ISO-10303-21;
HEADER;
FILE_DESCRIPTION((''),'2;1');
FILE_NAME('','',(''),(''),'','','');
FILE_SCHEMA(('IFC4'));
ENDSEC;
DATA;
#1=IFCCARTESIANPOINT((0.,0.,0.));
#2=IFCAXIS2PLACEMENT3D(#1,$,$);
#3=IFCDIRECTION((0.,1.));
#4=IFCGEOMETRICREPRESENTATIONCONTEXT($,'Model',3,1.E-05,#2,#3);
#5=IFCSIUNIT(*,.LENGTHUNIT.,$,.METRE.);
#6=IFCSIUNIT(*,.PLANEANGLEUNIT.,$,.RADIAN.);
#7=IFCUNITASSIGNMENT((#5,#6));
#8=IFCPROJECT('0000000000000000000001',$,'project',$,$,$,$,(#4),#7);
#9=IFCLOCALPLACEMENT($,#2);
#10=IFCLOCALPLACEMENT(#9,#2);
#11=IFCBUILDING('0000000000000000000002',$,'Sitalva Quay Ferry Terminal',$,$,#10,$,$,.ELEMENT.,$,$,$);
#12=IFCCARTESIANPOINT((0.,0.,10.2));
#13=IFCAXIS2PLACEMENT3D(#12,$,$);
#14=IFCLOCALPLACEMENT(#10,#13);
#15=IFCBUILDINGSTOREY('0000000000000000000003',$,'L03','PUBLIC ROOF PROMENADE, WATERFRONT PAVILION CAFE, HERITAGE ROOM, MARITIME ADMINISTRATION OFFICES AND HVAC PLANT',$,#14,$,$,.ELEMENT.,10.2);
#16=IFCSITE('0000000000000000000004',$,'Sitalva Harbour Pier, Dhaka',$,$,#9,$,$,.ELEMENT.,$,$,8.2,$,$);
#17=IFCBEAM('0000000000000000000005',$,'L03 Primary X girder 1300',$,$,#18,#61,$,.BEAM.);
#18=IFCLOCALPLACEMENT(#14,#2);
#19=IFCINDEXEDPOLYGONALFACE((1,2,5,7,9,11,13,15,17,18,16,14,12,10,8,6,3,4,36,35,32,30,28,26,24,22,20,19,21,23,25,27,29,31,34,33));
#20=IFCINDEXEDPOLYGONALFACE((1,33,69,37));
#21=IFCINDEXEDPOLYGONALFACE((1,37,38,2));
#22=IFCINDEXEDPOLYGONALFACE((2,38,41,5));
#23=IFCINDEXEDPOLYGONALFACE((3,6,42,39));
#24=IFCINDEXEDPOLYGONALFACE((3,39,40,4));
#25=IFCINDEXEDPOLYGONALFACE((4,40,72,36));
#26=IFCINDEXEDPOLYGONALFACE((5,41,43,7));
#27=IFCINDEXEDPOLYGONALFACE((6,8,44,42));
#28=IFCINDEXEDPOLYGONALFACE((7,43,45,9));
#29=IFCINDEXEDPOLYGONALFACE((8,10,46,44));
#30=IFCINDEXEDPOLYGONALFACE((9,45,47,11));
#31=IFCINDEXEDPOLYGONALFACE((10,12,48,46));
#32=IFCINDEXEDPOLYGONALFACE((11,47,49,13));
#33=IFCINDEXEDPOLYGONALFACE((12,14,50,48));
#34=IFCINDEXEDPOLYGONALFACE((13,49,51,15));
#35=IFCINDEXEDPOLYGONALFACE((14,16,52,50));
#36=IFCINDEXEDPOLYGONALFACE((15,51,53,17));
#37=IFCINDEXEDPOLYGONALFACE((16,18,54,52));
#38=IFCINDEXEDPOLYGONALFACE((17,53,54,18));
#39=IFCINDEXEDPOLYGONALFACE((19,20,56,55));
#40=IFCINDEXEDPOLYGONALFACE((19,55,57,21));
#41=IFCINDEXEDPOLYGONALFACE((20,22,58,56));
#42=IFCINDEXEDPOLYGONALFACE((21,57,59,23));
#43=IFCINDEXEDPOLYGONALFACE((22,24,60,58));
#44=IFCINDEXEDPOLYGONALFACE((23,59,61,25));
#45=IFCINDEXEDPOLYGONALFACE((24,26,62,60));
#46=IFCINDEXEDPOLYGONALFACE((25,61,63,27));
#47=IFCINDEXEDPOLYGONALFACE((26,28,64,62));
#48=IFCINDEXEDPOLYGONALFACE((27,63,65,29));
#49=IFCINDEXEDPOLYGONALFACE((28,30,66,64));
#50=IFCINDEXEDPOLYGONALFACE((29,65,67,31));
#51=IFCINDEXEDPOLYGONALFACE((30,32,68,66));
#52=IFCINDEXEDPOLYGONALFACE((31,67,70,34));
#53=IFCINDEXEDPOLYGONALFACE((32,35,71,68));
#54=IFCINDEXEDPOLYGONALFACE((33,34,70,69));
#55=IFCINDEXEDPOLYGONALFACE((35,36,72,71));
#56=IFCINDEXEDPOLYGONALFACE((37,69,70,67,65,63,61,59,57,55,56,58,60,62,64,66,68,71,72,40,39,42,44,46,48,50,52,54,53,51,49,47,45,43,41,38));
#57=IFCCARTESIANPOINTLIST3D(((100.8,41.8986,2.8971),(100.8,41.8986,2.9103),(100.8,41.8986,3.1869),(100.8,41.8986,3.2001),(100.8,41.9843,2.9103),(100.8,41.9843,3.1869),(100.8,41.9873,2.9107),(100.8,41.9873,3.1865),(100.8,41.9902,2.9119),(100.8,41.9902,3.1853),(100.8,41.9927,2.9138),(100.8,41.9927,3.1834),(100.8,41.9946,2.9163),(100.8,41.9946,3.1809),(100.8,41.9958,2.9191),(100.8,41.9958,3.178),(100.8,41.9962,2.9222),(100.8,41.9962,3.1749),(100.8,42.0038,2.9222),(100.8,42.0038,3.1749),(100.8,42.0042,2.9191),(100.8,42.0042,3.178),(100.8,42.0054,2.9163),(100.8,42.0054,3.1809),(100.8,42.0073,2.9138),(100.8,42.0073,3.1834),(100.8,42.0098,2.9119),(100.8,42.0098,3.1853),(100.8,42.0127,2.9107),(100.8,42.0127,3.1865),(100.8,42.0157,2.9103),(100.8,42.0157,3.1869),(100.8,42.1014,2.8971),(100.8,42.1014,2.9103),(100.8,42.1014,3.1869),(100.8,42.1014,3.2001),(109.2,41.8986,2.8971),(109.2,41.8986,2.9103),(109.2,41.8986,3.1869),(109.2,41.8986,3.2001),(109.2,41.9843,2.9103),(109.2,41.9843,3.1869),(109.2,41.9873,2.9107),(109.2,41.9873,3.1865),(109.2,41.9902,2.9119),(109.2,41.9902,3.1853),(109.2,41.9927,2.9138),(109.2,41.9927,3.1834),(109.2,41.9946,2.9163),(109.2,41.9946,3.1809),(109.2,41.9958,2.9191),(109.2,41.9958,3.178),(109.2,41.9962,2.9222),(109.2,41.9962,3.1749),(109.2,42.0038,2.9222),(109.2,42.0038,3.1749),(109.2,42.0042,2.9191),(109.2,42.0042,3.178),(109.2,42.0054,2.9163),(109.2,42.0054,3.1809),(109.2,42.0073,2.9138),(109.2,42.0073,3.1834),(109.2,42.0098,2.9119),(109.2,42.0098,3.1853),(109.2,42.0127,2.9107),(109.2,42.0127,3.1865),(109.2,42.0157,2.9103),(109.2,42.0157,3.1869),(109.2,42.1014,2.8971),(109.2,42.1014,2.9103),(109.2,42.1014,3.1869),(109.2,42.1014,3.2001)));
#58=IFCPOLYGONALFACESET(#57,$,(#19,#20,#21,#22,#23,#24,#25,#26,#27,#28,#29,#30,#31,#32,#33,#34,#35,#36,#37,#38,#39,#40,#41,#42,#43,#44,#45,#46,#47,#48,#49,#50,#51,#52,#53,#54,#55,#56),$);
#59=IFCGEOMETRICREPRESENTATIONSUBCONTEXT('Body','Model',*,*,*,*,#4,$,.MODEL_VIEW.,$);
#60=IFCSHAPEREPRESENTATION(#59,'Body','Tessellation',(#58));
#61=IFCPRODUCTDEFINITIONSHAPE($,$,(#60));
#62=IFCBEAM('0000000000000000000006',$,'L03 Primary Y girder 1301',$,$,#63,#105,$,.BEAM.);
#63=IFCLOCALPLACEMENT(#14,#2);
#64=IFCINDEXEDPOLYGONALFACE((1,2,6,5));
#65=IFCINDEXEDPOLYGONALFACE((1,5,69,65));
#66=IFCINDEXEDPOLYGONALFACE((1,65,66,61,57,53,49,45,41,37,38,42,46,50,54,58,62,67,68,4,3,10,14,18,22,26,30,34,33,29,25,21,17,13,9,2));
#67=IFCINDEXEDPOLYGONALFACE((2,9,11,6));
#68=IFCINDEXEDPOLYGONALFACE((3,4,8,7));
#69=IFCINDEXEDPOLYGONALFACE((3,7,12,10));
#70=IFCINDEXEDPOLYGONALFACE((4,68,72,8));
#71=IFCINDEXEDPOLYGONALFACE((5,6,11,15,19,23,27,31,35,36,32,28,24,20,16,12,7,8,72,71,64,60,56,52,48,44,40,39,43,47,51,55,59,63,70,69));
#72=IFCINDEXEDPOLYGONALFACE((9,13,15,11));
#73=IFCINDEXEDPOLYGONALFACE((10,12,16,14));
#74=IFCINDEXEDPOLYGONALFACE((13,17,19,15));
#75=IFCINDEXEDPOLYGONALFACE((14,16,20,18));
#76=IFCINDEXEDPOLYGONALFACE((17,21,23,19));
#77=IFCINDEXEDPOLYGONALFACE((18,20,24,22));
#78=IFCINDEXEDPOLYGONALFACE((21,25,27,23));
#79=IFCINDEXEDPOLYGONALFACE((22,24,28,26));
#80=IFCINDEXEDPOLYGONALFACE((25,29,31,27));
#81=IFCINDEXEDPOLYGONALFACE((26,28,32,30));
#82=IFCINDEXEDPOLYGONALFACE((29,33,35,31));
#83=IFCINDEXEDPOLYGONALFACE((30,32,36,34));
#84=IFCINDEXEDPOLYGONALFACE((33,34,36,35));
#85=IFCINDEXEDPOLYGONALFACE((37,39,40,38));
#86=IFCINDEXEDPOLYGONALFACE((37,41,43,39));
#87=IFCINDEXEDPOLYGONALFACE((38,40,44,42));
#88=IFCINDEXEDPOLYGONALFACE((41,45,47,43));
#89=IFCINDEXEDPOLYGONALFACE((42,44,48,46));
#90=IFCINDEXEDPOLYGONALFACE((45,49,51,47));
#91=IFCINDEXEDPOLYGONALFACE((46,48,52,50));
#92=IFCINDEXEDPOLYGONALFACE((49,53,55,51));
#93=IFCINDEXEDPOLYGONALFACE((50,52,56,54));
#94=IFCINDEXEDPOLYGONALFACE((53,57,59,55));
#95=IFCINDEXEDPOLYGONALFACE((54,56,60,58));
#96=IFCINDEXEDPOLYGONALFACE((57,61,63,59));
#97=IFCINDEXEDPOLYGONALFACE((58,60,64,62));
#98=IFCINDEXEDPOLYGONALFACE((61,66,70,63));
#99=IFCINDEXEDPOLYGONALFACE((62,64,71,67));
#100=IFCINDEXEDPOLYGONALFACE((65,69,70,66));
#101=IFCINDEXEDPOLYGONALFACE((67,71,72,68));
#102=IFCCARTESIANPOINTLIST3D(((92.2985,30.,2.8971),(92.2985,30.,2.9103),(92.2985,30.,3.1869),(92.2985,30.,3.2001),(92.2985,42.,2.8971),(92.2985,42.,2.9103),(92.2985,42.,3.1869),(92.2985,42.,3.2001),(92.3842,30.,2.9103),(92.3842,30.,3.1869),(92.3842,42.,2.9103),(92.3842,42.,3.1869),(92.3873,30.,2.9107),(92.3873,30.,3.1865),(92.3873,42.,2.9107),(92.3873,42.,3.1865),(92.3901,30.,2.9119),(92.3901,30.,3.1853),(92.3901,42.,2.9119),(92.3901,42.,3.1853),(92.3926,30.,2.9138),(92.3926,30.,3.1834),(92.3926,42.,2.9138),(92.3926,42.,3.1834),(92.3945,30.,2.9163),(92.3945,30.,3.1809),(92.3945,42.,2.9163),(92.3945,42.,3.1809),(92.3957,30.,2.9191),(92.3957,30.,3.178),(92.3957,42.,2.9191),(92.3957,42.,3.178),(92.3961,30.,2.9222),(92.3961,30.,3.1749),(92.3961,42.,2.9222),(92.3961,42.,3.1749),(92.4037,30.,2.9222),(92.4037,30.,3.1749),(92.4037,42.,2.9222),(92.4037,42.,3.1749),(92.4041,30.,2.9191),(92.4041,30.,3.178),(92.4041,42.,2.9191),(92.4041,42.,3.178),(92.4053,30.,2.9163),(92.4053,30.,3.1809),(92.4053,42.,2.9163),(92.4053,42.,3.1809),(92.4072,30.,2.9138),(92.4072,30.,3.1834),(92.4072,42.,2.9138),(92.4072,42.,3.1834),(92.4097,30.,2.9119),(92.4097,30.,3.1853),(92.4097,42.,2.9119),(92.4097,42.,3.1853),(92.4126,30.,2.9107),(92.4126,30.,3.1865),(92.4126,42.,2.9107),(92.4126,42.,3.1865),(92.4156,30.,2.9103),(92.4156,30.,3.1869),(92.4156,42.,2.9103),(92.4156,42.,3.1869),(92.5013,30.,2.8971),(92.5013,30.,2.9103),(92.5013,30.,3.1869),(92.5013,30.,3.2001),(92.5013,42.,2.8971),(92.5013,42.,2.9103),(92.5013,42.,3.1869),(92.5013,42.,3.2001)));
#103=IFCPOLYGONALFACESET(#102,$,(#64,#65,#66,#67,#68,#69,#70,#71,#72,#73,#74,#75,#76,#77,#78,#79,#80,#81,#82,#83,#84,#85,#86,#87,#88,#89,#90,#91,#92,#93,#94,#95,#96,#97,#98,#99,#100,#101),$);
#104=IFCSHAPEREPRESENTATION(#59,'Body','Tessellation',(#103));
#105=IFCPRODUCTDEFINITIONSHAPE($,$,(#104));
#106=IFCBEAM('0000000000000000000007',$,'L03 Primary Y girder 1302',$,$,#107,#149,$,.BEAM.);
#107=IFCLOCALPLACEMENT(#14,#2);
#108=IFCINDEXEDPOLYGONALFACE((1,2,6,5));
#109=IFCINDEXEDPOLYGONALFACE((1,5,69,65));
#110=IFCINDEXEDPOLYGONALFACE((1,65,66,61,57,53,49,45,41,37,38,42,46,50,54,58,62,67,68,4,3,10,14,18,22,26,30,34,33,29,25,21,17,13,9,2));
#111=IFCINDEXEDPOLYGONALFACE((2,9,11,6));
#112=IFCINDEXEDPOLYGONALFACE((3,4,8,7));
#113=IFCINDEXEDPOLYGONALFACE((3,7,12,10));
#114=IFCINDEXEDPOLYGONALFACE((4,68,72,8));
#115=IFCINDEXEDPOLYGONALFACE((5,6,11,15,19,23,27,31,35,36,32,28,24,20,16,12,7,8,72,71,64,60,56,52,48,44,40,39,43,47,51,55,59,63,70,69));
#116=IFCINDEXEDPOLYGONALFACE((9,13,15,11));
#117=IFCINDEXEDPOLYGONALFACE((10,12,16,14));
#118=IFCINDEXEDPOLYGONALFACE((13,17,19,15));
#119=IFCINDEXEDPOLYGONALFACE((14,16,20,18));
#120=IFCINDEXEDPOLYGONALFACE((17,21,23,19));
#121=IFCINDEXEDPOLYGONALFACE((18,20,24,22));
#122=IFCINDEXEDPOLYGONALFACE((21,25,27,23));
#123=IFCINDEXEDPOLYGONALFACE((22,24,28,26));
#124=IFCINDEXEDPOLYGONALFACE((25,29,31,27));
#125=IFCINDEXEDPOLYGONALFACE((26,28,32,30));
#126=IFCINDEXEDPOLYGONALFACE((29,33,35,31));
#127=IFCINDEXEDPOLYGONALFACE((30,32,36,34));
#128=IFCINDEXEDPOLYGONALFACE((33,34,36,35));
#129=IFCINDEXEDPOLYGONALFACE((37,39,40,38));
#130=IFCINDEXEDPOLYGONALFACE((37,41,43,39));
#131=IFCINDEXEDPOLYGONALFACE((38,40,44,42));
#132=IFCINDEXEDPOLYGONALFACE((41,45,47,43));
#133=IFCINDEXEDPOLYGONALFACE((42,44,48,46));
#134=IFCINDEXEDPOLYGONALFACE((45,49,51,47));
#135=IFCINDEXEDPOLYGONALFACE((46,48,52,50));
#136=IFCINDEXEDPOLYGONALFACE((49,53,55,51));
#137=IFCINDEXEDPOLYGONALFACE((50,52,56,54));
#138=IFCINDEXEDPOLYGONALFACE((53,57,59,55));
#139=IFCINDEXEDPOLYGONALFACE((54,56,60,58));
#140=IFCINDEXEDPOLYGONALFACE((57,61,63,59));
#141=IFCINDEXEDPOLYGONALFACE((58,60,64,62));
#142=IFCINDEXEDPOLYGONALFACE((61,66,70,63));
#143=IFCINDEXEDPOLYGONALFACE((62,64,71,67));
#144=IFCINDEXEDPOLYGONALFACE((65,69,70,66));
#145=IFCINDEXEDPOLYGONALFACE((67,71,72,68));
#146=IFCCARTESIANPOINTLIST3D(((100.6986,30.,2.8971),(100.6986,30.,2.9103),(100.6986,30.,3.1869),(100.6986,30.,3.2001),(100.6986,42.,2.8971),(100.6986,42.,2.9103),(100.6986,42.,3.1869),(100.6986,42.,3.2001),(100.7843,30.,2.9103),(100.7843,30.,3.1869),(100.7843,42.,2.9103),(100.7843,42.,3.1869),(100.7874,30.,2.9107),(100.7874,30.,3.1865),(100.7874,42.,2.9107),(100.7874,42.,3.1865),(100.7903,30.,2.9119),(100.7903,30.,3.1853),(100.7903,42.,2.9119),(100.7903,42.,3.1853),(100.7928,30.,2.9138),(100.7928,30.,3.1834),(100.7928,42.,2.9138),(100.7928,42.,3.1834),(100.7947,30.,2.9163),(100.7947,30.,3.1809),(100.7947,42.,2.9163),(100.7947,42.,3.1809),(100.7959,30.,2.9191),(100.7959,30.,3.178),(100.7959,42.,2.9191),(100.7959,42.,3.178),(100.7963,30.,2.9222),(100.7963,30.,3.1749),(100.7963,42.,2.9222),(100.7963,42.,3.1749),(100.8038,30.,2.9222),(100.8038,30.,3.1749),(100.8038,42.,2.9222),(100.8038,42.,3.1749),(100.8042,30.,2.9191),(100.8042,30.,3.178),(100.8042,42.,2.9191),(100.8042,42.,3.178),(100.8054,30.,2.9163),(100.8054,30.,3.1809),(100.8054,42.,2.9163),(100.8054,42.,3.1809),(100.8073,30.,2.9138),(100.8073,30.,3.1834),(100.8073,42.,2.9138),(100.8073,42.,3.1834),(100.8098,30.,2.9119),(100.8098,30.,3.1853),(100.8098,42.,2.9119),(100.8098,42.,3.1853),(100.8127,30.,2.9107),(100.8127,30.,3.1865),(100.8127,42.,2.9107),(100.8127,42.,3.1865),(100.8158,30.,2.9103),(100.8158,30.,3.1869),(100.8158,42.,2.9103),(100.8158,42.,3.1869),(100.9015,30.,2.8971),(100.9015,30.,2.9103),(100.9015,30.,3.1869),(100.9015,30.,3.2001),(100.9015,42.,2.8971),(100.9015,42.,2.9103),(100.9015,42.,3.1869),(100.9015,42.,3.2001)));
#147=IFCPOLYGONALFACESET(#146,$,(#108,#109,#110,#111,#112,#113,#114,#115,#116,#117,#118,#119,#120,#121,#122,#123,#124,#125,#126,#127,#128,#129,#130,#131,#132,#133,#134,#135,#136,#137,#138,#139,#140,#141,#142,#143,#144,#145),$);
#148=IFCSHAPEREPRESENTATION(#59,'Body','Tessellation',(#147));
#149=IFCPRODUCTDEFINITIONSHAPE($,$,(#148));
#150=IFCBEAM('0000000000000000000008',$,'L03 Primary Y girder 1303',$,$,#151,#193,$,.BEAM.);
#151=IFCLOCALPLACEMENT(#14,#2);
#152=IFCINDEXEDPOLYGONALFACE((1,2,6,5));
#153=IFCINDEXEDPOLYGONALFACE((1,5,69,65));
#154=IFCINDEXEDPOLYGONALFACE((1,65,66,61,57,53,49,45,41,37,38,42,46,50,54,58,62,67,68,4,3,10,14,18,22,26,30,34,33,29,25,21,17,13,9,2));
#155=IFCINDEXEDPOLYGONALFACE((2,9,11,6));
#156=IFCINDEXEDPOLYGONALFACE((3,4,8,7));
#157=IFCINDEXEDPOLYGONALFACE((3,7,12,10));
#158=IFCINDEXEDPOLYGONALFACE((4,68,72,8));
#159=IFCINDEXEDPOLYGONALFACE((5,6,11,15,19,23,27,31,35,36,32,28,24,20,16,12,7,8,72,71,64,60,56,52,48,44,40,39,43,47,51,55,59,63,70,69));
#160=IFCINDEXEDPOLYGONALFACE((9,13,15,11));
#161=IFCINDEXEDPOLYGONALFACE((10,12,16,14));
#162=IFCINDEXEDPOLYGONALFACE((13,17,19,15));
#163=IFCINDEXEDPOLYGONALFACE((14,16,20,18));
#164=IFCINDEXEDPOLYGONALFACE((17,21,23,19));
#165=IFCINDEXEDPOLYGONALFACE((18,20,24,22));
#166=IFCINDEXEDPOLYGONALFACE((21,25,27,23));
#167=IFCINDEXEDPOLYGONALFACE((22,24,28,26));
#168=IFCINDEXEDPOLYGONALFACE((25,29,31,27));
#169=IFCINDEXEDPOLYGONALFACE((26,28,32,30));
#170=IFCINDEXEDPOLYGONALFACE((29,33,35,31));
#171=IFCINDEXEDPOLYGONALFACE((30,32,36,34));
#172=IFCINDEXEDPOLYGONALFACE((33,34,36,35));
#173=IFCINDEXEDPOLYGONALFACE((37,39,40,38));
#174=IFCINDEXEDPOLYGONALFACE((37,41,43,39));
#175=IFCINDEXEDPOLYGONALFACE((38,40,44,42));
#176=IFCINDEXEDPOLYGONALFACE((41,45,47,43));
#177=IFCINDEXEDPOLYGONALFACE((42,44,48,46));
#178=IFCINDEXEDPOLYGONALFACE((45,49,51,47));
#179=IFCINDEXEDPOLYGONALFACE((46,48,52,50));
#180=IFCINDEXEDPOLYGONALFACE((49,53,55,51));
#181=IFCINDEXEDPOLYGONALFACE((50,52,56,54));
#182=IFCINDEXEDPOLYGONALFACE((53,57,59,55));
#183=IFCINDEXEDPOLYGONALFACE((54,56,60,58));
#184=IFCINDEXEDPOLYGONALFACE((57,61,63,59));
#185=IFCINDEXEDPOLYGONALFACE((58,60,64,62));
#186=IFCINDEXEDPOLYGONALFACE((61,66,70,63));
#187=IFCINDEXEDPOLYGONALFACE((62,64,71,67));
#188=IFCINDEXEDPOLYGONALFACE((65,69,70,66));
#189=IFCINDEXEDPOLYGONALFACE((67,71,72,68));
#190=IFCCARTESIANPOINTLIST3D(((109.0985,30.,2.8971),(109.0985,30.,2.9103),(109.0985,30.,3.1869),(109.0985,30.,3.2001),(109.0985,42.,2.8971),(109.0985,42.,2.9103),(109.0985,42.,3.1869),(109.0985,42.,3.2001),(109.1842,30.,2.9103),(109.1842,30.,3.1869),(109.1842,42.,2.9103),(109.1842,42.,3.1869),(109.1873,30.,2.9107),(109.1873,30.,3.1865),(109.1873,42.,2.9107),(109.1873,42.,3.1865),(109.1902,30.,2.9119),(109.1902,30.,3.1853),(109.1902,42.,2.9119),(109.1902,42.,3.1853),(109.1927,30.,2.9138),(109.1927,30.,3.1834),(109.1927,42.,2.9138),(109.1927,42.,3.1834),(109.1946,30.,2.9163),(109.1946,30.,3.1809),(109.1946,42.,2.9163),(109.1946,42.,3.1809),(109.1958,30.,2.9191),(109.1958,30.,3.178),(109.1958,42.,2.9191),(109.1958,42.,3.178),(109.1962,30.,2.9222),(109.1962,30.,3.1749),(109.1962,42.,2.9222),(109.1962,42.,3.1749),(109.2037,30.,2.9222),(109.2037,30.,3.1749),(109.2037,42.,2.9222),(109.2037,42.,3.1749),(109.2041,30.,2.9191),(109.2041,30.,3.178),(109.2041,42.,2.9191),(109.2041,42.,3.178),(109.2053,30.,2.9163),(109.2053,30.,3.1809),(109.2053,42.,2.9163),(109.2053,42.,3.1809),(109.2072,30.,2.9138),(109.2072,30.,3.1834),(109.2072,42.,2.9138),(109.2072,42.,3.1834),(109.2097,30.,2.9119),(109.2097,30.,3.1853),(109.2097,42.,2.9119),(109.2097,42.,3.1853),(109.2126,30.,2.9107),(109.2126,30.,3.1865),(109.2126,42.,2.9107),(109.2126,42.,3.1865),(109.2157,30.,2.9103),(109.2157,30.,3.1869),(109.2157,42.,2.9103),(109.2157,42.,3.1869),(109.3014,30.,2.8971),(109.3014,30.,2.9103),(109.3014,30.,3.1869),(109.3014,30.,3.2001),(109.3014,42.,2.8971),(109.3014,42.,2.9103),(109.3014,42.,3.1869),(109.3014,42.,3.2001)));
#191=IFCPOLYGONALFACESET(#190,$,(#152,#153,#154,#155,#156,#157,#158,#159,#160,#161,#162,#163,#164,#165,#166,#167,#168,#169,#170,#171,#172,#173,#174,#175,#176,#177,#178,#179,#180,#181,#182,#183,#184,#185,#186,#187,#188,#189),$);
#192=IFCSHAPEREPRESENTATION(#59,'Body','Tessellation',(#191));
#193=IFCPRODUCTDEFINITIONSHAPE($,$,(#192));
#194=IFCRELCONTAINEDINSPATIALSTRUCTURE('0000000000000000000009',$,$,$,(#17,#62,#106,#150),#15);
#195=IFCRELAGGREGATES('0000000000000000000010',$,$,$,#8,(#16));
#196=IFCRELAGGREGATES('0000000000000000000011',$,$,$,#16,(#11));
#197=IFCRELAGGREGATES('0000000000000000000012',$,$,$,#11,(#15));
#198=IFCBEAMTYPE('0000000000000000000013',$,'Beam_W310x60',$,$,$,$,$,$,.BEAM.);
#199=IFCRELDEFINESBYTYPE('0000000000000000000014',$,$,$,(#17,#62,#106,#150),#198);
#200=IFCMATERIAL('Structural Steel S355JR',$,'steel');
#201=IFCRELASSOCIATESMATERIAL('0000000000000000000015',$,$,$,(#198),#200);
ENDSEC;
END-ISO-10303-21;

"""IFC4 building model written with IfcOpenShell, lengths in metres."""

from ifc_helpers import new_model, si_unit, direction, frame, origin, origin_2d, place, context, subcontext, project, spatial, i_section, extrude, material, material_profile, profile_set, type_object, element, save


model = new_model("IFC4")

# Units and contexts
model_context = context("Model", 3, precision=1e-05, world=origin(), true_north=direction((0.0, 1.0)))
body_context = subcontext(model_context, "Body", "Model", "MODEL_VIEW")
ifc_project = project(units=[si_unit("LENGTHUNIT", "METRE"), si_unit("PLANEANGLEUNIT", "RADIAN")], contexts=[model_context])

# Site, building, storey
site_placement = place(None, origin())
site = spatial("IfcSite", under=ifc_project, at=site_placement, Name="Sitalva Harbour Pier, Dhaka", CompositionType="ELEMENT", RefElevation=8.2)
building_placement = place(site_placement, origin())
building = spatial("IfcBuilding", under=site, at=building_placement, Name="Sitalva Quay Ferry Terminal", CompositionType="ELEMENT")
storey_placement = place(building_placement, frame((0.0, 0.0, 10.2)))
storey = spatial("IfcBuildingStorey", under=building, at=storey_placement, Name="L03", Description="PUBLIC ROOF PROMENADE, WATERFRONT PAVILION CAFE, HERITAGE ROOM, MARITIME ADMINISTRATION OFFICES AND HVAC PLANT", CompositionType="ELEMENT", Elevation=10.2)

# Beams
ifc_material_1 = material(Name="Structural Steel S355JR", Category="steel")
ifc_material_profile_1 = material_profile(ifc_material_1, i_section(OverallWidth=0.2029, OverallDepth=0.303, WebThickness=0.0076, FlangeThickness=0.0132, FilletRadius=0.012, at=origin_2d()), Name="W310x60")
ifc_profile_set_1 = profile_set([ifc_material_profile_1], Name="Structural Steel S355JR")
beam_type = type_object("IfcBeamType", Name="Beam_W310x60", PredefinedType="BEAM", material=ifc_profile_set_1)
beam_1_placement = place(storey_placement, frame((100.8, 42.0, 3.0486), z_axis=(1.0, 0.0, 0.0), x_axis=(0.0, 1.0, 0.0)))
element("IfcBeam", 1, at=beam_1_placement, inside=storey, type_object=beam_type, Name="L03 Primary X girder 1300", PredefinedType="BEAM", context=body_context, shape_type="SweptSolid", body=[
    extrude(i_section(OverallWidth=0.2029, OverallDepth=0.303, WebThickness=0.0076, FlangeThickness=0.0132, FilletRadius=0.012, at=origin_2d()), origin(), (0.0, 0.0, 1.0), 8.3999),
])
for number, where, z_axis, x_axis, name in (
    (2, (92.3999, 30.0, 3.0486), (0.0, 1.0, 0.0), (-1.0, 0.0, 0.0), "L03 Primary Y girder 1301"),
    (3, (100.8, 30.0, 3.0486), (0.0, 1.0, 0.0), (-1.0, 0.0, 0.0), "L03 Primary Y girder 1302"),
    (4, (109.2, 30.0, 3.0486), (0.0, 1.0, 0.0), (-1.0, 0.0, 0.0), "L03 Primary Y girder 1303"),
):
    element("IfcBeam", number, at=place(storey_placement, frame(where, z_axis=z_axis, x_axis=x_axis)), inside=storey, type_object=beam_type, Name=name, PredefinedType="BEAM", context=body_context, shape_type="SweptSolid", body=[
        extrude(i_section(OverallWidth=0.2029, OverallDepth=0.303, WebThickness=0.0076, FlangeThickness=0.0132, FilletRadius=0.012, at=origin_2d()), origin(), (0.0, 0.0, 1.0), 12.0),
    ])

save(model, "model.ifc")
